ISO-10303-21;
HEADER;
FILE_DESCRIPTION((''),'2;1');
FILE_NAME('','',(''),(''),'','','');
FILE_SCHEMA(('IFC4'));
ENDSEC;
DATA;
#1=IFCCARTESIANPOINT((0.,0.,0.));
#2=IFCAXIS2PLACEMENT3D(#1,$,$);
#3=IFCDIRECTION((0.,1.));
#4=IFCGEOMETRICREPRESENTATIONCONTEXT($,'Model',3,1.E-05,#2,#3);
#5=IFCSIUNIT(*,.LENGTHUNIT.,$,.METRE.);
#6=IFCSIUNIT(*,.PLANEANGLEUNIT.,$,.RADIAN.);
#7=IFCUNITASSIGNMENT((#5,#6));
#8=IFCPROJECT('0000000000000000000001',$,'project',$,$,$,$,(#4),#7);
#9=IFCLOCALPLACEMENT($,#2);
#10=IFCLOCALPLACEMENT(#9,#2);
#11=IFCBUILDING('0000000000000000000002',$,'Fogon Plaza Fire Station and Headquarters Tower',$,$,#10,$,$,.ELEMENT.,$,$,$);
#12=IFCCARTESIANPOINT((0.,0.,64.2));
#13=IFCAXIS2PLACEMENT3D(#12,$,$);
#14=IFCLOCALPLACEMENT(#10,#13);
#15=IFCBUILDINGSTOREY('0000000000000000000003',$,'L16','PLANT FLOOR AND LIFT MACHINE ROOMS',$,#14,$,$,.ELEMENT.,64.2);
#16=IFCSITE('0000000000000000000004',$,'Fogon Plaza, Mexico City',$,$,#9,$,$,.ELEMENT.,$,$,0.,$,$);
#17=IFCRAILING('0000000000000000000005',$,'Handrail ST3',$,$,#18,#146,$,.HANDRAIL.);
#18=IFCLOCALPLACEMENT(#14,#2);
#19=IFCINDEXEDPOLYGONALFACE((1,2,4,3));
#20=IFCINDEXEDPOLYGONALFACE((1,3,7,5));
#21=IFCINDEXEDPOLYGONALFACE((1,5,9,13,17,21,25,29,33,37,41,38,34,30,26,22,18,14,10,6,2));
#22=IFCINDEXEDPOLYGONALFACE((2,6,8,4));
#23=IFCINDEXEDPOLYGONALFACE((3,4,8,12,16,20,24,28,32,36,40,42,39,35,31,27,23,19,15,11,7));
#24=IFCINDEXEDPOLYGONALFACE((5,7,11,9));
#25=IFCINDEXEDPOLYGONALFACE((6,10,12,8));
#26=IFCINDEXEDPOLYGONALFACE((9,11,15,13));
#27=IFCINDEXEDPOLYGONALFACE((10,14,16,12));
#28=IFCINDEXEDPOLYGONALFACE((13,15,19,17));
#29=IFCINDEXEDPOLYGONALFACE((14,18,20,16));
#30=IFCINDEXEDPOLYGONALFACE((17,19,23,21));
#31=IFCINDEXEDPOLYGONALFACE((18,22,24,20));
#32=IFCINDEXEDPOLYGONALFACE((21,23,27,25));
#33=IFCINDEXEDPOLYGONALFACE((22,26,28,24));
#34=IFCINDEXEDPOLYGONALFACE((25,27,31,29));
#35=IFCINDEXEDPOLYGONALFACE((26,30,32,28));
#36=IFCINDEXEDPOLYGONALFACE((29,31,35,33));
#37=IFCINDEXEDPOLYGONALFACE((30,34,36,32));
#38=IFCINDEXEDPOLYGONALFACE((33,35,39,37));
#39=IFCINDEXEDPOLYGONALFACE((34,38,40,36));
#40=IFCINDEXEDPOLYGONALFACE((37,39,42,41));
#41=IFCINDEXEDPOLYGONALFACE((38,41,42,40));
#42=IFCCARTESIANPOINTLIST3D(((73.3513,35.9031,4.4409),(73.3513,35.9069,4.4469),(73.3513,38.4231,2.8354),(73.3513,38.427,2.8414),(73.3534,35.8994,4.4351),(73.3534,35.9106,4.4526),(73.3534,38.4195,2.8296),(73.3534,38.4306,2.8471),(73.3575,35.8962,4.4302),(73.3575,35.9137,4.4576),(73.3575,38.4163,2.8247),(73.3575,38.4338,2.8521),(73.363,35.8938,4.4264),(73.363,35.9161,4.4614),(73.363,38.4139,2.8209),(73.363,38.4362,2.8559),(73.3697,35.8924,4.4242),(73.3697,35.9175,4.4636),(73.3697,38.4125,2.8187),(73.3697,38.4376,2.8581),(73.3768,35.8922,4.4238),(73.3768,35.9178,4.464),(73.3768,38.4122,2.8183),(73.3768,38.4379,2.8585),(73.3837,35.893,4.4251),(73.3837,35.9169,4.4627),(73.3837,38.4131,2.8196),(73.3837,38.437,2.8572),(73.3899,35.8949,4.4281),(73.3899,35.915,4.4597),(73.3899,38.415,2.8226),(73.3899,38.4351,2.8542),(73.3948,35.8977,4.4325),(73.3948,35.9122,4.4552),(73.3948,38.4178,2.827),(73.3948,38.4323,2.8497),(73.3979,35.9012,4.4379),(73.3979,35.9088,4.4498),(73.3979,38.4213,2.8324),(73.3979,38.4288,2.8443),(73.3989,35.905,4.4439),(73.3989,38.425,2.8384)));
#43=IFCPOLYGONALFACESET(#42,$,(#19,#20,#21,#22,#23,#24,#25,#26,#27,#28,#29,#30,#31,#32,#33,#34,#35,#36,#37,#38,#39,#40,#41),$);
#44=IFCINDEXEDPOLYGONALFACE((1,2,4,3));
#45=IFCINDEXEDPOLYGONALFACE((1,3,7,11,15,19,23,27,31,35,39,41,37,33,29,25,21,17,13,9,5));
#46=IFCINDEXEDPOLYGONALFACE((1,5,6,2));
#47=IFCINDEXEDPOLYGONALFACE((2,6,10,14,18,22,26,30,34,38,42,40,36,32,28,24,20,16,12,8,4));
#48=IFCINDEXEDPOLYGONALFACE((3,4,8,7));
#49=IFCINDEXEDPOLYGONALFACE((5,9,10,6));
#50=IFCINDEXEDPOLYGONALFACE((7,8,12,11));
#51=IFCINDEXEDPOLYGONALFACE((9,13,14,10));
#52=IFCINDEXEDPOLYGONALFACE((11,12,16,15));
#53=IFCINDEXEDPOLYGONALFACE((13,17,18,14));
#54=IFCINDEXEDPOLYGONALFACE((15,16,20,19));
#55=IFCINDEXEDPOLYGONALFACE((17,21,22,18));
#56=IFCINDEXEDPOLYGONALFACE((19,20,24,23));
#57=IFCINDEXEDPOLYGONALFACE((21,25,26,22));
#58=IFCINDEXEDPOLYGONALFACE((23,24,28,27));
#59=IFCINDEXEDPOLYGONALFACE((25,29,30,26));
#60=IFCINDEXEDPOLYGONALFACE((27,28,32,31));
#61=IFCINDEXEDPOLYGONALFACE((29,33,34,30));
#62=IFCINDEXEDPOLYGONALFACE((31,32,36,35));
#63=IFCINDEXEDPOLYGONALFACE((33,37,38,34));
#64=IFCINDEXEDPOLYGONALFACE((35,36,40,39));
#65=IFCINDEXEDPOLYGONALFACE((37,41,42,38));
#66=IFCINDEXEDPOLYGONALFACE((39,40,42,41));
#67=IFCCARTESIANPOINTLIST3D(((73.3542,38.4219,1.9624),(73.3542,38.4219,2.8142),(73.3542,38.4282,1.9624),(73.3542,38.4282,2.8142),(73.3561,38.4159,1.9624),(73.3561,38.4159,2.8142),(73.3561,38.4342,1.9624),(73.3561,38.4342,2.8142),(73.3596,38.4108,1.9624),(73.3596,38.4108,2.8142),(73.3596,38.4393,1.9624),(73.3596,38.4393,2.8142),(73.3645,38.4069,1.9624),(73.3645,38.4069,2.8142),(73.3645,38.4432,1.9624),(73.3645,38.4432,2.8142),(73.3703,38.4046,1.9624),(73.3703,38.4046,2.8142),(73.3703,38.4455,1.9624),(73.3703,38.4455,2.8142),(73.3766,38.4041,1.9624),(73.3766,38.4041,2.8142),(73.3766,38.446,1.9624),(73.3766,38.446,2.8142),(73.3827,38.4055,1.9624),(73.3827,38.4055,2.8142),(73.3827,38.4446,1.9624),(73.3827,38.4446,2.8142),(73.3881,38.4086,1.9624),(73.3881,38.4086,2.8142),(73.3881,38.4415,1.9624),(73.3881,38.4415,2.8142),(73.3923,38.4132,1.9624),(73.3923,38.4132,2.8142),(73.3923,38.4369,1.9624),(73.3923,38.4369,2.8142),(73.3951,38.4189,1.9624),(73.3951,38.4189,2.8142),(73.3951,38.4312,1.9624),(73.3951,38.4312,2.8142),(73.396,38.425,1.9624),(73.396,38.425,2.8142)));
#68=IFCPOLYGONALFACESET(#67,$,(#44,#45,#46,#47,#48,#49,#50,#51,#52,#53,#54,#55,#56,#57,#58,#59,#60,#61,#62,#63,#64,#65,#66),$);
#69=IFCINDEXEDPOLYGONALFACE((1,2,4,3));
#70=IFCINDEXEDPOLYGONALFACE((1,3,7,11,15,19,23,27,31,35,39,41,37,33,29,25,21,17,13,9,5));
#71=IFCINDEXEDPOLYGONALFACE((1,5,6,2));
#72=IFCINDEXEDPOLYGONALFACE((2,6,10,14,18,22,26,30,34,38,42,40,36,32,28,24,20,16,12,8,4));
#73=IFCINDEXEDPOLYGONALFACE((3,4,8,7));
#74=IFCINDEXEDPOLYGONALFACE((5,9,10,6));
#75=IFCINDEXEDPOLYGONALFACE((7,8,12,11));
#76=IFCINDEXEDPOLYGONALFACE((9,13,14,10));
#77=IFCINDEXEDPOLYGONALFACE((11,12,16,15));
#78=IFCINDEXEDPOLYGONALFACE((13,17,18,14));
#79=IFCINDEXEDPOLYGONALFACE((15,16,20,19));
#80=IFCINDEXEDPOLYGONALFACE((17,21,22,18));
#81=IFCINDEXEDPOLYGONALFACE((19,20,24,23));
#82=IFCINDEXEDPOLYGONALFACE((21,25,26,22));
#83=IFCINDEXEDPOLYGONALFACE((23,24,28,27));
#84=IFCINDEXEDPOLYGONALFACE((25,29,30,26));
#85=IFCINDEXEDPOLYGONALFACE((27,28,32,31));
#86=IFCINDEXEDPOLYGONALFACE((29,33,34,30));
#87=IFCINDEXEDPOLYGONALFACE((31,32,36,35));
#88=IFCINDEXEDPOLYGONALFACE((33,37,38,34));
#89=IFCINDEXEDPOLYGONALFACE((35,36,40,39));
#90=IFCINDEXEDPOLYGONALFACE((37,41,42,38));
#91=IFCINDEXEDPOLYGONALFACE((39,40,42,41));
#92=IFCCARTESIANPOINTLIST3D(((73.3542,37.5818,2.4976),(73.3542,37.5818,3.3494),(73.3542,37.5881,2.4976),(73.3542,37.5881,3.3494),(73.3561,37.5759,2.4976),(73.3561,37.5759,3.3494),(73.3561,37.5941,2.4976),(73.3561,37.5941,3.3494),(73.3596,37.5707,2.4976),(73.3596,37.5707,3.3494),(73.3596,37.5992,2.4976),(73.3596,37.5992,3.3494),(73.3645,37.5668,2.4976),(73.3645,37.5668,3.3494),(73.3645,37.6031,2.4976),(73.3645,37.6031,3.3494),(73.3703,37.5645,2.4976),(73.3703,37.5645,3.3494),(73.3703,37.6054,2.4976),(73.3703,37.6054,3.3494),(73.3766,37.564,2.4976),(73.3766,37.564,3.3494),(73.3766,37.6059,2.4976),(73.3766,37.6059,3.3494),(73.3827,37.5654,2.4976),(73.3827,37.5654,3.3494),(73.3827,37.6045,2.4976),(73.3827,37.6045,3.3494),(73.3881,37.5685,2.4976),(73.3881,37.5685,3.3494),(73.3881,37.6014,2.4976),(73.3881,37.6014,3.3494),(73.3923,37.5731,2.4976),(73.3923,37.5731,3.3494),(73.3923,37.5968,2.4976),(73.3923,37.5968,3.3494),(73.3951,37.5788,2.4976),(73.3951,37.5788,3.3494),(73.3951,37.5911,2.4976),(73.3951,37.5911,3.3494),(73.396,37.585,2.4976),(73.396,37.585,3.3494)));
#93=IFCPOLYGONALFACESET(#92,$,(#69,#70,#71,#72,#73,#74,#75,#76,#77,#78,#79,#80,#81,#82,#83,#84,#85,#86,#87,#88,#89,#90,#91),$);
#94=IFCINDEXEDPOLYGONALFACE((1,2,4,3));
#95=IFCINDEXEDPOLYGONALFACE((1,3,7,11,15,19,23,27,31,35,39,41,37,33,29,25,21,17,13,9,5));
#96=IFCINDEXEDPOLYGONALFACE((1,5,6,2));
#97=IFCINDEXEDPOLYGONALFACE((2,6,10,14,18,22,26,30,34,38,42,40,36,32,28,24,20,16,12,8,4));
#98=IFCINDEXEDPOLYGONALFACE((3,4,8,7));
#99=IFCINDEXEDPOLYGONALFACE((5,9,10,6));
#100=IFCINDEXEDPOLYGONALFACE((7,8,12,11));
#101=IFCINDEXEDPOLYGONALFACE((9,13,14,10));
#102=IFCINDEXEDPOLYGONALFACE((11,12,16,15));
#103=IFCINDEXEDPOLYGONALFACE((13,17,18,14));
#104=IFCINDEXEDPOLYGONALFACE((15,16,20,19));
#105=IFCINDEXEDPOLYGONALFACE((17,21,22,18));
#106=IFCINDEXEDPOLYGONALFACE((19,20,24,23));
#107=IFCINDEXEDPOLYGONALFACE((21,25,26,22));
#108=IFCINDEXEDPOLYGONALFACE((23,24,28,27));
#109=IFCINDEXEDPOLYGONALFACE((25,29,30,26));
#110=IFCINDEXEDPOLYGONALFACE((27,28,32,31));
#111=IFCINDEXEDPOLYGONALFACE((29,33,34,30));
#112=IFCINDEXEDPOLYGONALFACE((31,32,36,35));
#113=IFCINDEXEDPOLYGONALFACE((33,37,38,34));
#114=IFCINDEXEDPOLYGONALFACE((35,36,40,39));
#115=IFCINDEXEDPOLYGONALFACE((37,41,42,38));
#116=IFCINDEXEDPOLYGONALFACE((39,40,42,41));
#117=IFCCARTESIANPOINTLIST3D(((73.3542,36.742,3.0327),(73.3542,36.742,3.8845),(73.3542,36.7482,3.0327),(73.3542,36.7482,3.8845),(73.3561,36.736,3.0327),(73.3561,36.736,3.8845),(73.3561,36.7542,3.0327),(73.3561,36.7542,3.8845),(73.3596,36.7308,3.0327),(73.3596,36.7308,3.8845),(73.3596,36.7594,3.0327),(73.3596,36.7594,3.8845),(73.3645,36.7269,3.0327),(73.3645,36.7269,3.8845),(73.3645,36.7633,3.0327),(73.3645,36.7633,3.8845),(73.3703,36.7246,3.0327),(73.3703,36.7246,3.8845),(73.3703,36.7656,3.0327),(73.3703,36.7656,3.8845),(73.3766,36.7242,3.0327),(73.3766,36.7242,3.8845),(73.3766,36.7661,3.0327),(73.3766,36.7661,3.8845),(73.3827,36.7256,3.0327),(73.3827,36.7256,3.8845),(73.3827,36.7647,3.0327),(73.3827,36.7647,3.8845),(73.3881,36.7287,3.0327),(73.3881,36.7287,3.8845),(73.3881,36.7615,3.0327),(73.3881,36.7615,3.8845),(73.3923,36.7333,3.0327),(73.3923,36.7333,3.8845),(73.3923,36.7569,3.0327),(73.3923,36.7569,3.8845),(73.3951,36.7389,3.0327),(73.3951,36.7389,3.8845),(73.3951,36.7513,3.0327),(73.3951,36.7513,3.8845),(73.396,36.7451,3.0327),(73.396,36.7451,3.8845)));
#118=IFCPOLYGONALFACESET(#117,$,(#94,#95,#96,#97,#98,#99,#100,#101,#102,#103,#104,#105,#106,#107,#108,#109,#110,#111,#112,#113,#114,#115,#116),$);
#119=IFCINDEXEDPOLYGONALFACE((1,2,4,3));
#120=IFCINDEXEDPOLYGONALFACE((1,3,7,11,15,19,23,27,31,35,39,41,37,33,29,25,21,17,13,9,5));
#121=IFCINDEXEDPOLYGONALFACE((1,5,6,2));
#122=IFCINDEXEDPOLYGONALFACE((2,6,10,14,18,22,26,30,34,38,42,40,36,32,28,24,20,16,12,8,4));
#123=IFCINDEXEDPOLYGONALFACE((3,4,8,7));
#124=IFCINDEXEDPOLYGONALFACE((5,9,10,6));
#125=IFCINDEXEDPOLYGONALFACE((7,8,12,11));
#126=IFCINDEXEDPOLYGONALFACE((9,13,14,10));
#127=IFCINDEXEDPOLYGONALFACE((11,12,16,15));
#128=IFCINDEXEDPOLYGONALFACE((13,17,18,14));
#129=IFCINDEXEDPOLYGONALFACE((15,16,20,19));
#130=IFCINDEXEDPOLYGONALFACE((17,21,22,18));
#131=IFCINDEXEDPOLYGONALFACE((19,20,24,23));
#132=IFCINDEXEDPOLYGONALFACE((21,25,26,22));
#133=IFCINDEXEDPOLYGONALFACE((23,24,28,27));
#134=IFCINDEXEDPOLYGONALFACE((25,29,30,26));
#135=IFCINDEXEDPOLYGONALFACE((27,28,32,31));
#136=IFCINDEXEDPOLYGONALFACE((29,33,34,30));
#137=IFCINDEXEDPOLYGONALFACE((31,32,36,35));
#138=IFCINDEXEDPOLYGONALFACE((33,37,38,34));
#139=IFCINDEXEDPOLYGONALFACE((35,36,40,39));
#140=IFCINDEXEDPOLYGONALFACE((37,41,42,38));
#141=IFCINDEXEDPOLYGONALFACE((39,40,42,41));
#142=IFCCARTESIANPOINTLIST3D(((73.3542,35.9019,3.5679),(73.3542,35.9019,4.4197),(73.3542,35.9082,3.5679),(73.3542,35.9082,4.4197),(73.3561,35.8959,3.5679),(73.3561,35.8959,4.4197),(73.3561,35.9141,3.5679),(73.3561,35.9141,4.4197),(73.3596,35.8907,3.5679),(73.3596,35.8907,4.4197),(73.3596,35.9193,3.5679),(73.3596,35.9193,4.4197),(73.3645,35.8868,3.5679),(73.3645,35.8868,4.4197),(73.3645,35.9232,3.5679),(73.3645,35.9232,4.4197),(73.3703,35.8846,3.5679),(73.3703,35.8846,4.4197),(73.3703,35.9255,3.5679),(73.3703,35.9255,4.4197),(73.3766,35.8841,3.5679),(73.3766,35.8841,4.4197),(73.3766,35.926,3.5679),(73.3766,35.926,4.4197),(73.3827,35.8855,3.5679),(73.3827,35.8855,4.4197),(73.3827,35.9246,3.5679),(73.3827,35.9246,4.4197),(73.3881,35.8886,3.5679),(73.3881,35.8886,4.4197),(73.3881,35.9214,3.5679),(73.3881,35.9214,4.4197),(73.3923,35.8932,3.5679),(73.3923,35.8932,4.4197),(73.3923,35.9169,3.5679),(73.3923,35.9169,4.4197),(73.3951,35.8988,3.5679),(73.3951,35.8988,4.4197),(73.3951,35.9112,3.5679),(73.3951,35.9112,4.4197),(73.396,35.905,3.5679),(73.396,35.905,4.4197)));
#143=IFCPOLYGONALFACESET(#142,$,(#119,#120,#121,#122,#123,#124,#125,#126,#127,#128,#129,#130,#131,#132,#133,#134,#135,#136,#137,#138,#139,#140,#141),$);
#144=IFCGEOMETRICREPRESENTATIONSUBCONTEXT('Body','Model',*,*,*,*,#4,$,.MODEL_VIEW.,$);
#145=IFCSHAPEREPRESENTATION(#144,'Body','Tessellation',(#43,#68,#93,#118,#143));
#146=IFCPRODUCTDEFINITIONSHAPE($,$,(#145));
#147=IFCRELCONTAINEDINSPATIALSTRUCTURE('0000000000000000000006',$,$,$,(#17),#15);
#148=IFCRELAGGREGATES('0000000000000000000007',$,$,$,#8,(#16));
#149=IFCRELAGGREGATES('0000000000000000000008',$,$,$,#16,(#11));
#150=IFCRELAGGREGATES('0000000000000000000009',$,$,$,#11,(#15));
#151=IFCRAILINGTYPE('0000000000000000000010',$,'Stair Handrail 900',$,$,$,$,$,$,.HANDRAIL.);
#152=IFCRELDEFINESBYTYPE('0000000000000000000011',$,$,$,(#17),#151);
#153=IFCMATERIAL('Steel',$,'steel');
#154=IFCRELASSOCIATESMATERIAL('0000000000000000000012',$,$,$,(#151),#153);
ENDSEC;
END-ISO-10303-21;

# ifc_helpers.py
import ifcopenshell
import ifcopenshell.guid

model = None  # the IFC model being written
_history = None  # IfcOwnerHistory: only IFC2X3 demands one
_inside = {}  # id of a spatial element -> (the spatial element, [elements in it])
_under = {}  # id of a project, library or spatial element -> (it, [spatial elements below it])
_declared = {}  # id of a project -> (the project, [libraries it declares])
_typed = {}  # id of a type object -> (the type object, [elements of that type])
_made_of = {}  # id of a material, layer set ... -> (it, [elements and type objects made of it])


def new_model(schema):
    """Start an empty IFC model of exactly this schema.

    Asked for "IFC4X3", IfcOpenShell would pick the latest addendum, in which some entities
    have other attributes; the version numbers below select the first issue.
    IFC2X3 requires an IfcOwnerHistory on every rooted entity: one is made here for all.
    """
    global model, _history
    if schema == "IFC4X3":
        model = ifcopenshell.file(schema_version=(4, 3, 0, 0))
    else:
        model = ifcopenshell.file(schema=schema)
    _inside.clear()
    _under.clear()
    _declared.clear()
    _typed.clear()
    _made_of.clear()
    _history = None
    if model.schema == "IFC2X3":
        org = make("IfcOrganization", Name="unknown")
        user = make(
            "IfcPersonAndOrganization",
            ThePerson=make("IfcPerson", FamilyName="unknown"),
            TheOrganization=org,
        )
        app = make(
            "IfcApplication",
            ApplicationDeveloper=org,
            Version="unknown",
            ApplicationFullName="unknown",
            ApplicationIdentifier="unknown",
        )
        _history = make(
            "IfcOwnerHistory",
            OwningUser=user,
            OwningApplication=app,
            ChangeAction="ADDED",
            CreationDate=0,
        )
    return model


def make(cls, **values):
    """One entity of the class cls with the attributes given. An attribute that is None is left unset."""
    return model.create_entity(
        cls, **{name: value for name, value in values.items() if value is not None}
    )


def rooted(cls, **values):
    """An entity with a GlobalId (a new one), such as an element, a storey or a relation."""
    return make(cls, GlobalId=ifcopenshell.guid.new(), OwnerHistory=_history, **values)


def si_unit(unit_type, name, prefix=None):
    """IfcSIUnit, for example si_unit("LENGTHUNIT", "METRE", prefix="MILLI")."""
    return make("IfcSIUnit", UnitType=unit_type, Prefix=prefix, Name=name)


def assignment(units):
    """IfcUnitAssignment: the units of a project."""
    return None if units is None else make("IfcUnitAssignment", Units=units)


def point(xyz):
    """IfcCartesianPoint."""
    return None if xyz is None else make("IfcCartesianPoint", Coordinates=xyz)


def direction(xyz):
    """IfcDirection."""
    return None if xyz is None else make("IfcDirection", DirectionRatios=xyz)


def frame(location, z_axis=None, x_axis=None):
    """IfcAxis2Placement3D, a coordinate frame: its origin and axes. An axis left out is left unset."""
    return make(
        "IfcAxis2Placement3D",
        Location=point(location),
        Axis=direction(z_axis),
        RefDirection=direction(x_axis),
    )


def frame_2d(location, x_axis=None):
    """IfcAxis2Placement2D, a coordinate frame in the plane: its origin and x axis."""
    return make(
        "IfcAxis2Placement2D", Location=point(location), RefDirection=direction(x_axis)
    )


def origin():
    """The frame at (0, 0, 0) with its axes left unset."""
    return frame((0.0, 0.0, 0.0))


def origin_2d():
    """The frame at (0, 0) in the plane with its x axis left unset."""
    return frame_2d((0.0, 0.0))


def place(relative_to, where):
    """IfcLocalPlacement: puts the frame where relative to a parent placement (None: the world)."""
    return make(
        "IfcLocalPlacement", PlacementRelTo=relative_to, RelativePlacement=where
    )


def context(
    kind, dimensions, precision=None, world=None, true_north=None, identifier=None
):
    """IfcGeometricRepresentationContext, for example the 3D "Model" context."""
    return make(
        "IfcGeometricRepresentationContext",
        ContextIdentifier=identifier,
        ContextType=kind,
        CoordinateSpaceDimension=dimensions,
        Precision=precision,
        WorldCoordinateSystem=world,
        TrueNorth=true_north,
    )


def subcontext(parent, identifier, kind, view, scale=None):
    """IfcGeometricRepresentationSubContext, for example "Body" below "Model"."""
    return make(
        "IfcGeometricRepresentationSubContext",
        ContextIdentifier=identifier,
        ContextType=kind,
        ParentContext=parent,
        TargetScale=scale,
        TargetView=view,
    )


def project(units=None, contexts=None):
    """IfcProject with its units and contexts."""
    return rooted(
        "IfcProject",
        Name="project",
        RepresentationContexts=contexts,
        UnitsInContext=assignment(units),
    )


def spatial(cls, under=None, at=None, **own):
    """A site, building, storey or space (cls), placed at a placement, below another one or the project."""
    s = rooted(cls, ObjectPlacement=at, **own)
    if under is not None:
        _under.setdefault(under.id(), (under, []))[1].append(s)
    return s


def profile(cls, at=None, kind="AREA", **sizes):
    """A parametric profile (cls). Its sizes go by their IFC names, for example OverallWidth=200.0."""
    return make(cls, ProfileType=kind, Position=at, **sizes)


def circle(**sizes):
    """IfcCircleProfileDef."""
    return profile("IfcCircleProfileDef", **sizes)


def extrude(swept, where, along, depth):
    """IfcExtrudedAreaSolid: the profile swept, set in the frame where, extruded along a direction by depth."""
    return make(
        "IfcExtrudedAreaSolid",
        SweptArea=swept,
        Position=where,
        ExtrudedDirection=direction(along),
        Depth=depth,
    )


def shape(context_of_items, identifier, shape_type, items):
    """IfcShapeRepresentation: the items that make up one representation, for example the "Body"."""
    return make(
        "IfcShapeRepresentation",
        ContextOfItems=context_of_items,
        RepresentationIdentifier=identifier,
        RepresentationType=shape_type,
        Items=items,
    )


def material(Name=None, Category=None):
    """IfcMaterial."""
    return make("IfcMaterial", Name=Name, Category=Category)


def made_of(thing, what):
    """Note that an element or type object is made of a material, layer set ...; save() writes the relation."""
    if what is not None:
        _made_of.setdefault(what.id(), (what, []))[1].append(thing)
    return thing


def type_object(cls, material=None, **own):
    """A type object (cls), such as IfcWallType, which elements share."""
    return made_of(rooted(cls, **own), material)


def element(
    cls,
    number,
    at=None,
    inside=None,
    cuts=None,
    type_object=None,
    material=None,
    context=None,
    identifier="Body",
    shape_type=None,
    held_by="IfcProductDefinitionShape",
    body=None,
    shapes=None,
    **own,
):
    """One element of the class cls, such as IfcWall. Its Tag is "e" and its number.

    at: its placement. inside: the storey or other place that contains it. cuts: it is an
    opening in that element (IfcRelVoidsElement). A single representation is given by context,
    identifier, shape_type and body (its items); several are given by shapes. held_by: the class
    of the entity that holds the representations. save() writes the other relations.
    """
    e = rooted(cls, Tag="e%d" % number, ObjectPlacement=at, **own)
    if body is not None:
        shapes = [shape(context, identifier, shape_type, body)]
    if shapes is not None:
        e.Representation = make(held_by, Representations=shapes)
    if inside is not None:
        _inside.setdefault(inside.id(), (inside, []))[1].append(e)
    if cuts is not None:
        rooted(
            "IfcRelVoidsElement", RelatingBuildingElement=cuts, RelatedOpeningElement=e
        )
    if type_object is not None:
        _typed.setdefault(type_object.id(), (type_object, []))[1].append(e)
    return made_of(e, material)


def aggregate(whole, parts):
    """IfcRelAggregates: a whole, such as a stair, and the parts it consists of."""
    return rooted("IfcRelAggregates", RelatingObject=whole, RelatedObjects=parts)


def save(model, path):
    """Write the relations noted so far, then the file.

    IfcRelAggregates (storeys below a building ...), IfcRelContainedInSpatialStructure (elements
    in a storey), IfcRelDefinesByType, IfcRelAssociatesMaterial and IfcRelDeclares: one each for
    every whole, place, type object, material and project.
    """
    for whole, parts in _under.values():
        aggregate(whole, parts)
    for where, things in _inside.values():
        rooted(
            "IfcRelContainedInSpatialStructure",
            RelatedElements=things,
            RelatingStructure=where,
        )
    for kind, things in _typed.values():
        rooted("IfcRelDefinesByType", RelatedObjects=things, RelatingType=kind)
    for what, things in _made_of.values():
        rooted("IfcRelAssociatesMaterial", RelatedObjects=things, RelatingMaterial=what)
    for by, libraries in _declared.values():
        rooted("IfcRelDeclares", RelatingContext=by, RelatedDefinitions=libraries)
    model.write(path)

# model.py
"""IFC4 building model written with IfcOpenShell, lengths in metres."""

from ifc_helpers import new_model, si_unit, direction, frame, origin, origin_2d, place, context, subcontext, project, spatial, circle, extrude, material, type_object, element, save


model = new_model("IFC4")

# Units and contexts
model_context = context("Model", 3, precision=1e-05, world=origin(), true_north=direction((0.0, 1.0)))
body_context = subcontext(model_context, "Body", "Model", "MODEL_VIEW")
ifc_project = project(units=[si_unit("LENGTHUNIT", "METRE"), si_unit("PLANEANGLEUNIT", "RADIAN")], contexts=[model_context])

# Site, building, storey
site_placement = place(None, origin())
site = spatial("IfcSite", under=ifc_project, at=site_placement, Name="Fogon Plaza, Mexico City", CompositionType="ELEMENT", RefElevation=0.0)
building_placement = place(site_placement, origin())
building = spatial("IfcBuilding", under=site, at=building_placement, Name="Fogon Plaza Fire Station and Headquarters Tower", CompositionType="ELEMENT")
storey_placement = place(building_placement, frame((0.0, 0.0, 64.2)))
storey = spatial("IfcBuildingStorey", under=building, at=storey_placement, Name="L16", Description="PLANT FLOOR AND LIFT MACHINE ROOMS", CompositionType="ELEMENT", Elevation=64.2)

# Railing
ifc_material_1 = material(Name="Steel", Category="steel")
railing_type = type_object("IfcRailingType", Name="Stair Handrail 900", PredefinedType="HANDRAIL", material=ifc_material_1)
for number, where, name in (
    (1, (73.375, 38.425, 1.9624), "Handrail ST3"),
):
    element("IfcRailing", number, at=place(storey_placement, frame(where)), inside=storey, type_object=railing_type, Name=name, PredefinedType="HANDRAIL", context=body_context, shape_type="SweptSolid", body=[
        extrude(circle(Radius=0.0239, at=origin_2d()), frame((0.0, 0.0, 0.876), z_axis=(0.0, -0.843385, 0.537309), x_axis=(1.0, 0.0, 0.0)), (0.0, 0.0, 1.0), 2.988),
        extrude(circle(Radius=0.021, at=origin_2d()), origin(), (0.0, 0.0, 1.0), 0.8518),
        extrude(circle(Radius=0.021, at=origin_2d()), frame((0.0, -0.8401, 0.5352)), (0.0, 0.0, 1.0), 0.8518),
        extrude(circle(Radius=0.021, at=origin_2d()), frame((0.0, -1.6799, 1.0703)), (0.0, 0.0, 1.0), 0.8518),
        extrude(circle(Radius=0.021, at=origin_2d()), frame((0.0, -2.52, 1.6055)), (0.0, 0.0, 1.0), 0.8518),
    ])

save(model, "model.ifc")
